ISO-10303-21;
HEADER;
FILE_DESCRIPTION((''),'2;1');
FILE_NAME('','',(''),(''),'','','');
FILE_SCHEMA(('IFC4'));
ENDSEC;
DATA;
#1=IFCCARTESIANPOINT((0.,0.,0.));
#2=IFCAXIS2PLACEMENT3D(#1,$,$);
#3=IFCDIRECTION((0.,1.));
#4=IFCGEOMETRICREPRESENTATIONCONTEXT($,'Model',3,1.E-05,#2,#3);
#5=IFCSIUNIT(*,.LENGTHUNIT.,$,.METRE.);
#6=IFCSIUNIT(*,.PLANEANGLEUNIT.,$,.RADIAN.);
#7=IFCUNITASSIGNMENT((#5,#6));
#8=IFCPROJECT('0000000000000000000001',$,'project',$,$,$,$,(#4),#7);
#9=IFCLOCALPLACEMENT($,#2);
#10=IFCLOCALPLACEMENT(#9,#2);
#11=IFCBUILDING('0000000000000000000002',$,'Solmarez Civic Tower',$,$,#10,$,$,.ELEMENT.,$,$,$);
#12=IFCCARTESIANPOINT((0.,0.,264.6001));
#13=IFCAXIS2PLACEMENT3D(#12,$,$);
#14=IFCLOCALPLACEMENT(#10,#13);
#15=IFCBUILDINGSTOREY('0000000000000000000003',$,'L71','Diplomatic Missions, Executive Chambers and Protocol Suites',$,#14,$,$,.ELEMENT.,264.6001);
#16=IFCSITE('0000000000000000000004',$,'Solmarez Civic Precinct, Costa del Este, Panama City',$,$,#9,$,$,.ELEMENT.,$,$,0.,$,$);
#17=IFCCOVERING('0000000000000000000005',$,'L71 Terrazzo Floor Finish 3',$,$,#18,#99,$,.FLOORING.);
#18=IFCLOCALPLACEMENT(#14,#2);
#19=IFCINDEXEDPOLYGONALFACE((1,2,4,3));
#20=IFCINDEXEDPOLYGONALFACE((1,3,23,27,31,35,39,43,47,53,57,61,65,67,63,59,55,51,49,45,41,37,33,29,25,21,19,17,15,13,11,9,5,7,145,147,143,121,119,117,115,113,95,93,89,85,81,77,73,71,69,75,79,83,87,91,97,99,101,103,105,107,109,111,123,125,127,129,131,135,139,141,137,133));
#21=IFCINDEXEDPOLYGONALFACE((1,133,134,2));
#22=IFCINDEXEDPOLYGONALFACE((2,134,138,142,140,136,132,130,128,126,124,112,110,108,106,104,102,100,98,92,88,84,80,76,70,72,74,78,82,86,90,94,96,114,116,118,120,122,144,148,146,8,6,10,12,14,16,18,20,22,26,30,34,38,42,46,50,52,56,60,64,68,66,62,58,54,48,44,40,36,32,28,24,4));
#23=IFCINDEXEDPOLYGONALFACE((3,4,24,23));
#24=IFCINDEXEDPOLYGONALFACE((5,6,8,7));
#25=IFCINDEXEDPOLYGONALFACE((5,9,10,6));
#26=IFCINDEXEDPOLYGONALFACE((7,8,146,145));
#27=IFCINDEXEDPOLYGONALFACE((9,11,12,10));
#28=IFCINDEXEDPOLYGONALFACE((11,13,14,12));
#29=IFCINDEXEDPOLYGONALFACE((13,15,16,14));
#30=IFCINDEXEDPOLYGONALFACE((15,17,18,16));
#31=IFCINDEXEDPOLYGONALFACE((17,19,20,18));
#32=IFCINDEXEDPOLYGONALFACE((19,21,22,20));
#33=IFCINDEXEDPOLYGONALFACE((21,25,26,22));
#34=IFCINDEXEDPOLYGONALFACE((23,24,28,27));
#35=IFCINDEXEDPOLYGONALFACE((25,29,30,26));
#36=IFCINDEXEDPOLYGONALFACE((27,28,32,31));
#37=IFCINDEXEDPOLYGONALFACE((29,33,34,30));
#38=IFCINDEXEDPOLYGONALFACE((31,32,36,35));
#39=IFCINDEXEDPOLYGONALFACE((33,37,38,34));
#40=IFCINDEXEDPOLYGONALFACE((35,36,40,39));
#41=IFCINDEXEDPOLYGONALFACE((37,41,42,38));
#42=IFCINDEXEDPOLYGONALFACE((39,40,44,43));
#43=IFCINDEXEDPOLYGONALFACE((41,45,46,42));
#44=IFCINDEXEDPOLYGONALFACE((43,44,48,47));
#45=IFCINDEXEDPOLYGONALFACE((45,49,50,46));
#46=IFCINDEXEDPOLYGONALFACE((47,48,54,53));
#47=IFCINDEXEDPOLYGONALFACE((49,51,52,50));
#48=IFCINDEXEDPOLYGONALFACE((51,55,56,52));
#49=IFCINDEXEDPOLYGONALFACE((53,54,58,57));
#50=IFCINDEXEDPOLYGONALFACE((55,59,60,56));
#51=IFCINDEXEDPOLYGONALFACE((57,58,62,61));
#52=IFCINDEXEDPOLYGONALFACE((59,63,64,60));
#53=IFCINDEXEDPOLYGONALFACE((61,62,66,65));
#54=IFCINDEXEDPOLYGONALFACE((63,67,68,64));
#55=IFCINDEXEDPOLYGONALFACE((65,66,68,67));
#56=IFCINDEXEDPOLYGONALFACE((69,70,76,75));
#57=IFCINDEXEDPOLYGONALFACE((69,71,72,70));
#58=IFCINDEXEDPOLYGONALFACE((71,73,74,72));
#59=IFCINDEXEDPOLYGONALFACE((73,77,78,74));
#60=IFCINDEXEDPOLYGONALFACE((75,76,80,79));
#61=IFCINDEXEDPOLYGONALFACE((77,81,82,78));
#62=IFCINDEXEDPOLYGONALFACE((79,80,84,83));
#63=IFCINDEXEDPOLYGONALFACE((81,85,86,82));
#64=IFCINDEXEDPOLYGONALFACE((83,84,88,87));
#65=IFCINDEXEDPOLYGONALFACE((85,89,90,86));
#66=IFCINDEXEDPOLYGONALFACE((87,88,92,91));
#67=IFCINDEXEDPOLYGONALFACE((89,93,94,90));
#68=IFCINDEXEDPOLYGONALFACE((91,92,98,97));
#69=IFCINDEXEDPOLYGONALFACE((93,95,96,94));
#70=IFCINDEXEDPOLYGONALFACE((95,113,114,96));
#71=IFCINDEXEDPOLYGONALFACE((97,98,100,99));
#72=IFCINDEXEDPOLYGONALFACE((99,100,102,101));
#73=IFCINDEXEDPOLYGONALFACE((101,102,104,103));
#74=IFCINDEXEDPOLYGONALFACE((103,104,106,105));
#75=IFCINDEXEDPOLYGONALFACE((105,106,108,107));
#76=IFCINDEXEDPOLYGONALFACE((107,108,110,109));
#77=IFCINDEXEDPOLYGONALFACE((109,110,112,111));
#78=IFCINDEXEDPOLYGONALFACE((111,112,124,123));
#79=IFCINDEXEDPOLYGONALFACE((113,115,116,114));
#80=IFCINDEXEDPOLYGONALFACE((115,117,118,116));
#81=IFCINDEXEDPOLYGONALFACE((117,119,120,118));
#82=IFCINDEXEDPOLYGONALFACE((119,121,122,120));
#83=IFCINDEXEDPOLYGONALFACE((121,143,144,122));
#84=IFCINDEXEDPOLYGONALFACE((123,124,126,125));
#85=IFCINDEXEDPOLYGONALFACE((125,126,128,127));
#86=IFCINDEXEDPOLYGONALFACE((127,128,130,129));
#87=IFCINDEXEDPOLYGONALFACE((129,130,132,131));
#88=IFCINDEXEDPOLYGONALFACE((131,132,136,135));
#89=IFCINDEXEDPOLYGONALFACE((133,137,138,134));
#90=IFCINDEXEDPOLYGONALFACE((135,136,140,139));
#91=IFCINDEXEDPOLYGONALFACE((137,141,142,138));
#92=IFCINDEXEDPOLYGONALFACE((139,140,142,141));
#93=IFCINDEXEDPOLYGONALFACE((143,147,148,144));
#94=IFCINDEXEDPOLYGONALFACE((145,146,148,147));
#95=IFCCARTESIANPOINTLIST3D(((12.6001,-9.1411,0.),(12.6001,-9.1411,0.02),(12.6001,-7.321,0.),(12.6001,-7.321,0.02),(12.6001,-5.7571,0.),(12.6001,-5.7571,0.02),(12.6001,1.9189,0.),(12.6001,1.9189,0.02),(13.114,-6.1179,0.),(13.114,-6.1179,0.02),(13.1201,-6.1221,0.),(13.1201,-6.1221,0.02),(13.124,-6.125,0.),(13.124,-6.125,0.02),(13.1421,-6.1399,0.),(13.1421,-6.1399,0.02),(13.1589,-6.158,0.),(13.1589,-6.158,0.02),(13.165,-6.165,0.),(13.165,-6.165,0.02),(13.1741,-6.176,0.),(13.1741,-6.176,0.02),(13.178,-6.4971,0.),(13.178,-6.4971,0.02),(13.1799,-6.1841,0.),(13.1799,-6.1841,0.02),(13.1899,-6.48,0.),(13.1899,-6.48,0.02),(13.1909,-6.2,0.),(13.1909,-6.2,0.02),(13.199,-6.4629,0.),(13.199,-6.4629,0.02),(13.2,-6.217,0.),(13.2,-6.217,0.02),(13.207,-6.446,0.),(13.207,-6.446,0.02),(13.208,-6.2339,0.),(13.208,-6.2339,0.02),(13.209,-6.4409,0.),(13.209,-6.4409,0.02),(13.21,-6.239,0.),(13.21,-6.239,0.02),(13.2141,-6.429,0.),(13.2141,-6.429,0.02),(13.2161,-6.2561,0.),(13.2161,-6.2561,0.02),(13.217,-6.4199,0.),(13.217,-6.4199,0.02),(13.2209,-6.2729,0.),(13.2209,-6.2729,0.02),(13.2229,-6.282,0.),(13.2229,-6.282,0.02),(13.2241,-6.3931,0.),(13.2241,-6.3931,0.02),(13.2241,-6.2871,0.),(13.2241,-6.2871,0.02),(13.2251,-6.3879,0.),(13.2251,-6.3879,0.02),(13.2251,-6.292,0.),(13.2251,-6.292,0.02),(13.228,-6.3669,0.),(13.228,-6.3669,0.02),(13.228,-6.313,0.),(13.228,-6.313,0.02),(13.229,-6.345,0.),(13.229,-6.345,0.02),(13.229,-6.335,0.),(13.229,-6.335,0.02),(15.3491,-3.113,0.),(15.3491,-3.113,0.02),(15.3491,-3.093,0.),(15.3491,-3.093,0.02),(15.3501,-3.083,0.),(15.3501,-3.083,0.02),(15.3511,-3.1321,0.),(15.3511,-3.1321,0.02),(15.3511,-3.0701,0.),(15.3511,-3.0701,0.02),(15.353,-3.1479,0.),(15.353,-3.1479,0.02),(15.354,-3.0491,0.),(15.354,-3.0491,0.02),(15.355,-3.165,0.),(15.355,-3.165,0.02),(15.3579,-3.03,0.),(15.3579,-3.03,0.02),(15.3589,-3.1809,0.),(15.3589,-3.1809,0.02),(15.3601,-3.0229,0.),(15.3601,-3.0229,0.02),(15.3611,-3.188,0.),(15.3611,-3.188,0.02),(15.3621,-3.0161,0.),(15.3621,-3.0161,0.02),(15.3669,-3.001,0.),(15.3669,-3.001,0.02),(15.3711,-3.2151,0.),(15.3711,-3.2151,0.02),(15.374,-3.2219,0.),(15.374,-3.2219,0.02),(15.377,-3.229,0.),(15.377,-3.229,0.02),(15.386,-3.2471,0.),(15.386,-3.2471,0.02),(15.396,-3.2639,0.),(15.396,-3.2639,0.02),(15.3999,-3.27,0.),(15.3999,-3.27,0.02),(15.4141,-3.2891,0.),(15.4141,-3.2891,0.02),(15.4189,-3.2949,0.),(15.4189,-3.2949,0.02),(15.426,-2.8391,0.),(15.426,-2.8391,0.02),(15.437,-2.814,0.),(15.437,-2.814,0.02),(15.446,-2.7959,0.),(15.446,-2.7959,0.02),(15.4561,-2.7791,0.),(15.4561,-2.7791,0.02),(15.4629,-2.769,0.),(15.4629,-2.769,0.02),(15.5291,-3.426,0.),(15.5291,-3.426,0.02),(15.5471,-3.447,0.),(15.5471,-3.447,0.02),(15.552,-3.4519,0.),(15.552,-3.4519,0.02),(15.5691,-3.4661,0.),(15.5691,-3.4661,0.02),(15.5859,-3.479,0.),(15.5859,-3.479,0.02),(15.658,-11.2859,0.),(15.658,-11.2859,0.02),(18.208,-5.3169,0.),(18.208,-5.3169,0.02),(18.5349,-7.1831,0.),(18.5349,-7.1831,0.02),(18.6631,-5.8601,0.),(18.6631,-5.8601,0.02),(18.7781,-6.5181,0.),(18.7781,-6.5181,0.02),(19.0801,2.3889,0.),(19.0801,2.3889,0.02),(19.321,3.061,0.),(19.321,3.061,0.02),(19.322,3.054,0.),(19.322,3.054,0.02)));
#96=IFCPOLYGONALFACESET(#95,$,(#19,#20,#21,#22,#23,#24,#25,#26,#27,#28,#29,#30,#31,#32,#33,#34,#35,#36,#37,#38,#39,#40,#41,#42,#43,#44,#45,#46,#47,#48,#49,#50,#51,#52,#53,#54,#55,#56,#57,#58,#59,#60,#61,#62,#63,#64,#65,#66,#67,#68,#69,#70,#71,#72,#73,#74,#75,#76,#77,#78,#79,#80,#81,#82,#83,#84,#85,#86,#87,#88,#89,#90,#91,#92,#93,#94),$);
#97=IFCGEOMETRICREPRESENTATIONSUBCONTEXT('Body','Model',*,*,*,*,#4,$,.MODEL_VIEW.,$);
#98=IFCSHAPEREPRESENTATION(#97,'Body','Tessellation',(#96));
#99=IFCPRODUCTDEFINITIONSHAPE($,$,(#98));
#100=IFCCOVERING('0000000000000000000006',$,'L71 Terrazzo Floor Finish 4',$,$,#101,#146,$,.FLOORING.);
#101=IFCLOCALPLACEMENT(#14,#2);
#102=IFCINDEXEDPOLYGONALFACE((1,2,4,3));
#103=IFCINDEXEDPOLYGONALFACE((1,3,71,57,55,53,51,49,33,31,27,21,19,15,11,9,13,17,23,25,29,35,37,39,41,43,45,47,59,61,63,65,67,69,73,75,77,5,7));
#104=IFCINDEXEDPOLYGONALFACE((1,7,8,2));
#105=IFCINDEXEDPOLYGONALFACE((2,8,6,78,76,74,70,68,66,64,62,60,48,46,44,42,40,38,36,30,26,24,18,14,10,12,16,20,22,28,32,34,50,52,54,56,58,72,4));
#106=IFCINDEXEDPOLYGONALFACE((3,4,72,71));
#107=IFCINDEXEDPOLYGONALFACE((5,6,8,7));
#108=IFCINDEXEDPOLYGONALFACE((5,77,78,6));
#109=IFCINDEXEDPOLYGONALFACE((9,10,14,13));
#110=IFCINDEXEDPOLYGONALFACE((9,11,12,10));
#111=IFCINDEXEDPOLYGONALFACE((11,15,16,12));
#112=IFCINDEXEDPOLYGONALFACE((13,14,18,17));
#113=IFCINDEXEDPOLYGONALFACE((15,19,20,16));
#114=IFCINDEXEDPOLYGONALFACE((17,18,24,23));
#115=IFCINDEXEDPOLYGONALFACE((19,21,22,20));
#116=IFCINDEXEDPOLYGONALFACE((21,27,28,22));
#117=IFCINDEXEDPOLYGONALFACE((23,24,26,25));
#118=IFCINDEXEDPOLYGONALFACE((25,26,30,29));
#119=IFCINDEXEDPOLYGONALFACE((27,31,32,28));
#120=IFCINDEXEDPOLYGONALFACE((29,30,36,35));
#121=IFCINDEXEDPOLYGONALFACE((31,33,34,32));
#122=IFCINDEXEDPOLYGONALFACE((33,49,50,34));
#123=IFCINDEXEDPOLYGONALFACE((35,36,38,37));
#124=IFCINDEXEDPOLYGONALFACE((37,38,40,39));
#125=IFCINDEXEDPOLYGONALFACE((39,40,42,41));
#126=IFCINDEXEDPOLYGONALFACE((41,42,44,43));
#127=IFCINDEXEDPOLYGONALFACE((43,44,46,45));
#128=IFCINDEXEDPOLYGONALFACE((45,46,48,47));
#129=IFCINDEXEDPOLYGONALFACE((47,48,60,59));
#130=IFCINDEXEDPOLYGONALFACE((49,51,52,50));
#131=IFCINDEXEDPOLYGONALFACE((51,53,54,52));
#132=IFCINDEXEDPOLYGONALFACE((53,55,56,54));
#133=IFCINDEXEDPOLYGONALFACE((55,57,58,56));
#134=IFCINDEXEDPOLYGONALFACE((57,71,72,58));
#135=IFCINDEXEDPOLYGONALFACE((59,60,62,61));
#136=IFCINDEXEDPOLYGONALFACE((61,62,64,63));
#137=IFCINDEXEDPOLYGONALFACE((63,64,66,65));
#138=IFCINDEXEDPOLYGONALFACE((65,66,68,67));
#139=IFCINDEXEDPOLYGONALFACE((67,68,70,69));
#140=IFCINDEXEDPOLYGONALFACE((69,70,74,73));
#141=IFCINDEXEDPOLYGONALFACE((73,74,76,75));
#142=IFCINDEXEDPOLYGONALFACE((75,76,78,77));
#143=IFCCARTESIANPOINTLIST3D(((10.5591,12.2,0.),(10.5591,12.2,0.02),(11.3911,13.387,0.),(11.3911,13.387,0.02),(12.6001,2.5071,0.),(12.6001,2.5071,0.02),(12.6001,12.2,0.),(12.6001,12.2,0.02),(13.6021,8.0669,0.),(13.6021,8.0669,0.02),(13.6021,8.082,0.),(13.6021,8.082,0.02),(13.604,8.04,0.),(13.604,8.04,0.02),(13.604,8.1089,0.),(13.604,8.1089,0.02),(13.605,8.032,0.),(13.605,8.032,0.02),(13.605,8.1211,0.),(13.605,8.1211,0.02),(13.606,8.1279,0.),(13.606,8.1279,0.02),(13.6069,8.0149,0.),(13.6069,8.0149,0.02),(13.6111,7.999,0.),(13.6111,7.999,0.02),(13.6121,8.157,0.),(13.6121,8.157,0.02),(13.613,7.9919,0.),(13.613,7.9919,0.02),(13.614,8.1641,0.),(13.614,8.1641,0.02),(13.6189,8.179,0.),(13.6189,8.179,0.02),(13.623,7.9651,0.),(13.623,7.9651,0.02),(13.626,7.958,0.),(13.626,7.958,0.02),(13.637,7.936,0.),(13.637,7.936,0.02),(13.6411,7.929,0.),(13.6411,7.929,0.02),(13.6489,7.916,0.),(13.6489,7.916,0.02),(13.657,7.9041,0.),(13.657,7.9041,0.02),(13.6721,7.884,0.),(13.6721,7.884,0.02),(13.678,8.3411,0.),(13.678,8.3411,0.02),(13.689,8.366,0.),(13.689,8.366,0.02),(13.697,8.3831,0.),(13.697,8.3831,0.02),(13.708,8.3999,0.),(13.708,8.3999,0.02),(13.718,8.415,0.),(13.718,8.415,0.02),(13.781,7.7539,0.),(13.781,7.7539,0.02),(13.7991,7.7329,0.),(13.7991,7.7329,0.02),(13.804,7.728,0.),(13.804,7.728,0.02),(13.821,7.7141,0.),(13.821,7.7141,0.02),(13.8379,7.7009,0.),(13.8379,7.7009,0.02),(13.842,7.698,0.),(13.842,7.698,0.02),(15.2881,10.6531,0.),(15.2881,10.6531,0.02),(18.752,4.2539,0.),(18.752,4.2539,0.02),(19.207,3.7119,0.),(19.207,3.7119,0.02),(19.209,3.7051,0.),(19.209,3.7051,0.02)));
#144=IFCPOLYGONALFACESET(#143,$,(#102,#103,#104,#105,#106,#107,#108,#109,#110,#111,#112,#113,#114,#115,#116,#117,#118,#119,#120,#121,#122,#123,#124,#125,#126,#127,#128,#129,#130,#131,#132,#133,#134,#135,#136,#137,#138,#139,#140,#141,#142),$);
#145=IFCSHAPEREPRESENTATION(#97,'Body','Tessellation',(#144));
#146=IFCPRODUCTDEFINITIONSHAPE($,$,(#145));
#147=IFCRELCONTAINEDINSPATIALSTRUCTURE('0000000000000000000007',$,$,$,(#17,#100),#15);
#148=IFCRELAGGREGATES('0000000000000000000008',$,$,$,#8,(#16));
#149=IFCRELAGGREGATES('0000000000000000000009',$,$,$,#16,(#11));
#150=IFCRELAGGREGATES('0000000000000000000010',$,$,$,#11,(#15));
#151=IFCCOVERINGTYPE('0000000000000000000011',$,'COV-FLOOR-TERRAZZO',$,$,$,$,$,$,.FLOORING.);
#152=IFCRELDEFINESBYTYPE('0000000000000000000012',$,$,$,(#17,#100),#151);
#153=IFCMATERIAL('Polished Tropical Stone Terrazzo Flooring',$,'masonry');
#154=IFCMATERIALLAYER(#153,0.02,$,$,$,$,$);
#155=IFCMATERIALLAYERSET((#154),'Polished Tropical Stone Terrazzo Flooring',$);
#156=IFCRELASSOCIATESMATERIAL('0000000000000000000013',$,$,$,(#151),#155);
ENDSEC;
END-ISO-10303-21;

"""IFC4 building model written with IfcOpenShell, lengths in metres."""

from ifc_helpers import new_model, si_unit, direction, frame, origin, place, context, subcontext, project, spatial, polyline, outline, extrude, material, layer, layer_set, type_object, element, save


model = new_model("IFC4")

# Units and contexts
model_context = context("Model", 3, precision=1e-05, world=origin(), true_north=direction((0.0, 1.0)))
body_context = subcontext(model_context, "Body", "Model", "MODEL_VIEW")
ifc_project = project(units=[si_unit("LENGTHUNIT", "METRE"), si_unit("PLANEANGLEUNIT", "RADIAN")], contexts=[model_context])

# Site, building, storey
site_placement = place(None, origin())
site = spatial("IfcSite", under=ifc_project, at=site_placement, Name="Solmarez Civic Precinct, Costa del Este, Panama City", CompositionType="ELEMENT", RefElevation=0.0)
building_placement = place(site_placement, origin())
building = spatial("IfcBuilding", under=site, at=building_placement, Name="Solmarez Civic Tower", CompositionType="ELEMENT")
storey_placement = place(building_placement, frame((0.0, 0.0, 264.6001)))
storey = spatial("IfcBuildingStorey", under=building, at=storey_placement, Name="L71", Description="Diplomatic Missions, Executive Chambers and Protocol Suites", CompositionType="ELEMENT", Elevation=264.6001)

# Coverings
ifc_material_1 = material(Name="Polished Tropical Stone Terrazzo Flooring", Category="masonry")
ifc_layer_1 = layer(ifc_material_1, 0.02)
ifc_layer_set_1 = layer_set([ifc_layer_1], Name="Polished Tropical Stone Terrazzo Flooring")
covering_type_1 = type_object("IfcCoveringType", Name="COV-FLOOR-TERRAZZO", PredefinedType="FLOORING", material=ifc_layer_set_1)
covering_1_placement = place(storey_placement, origin())
element("IfcCovering", 1, at=covering_1_placement, inside=storey, type_object=covering_type_1, Name="L71 Terrazzo Floor Finish 3", PredefinedType="FLOORING", context=body_context, shape_type="SweptSolid", body=[
    extrude(outline(polyline([(12.6001, 1.9189), (12.6001, -5.7571), (13.114, -6.1179), (13.1201, -6.1221), (13.124, -6.125), (13.1421, -6.1399), (13.1589, -6.158), (13.165, -6.165), (13.1741, -6.176), (13.1799, -6.1841), (13.1909, -6.2), (13.2, -6.217), (13.208, -6.2339), (13.21, -6.239), (13.2161, -6.2561), (13.2209, -6.2729), (13.2229, -6.282), (13.2241, -6.2871), (13.2251, -6.292), (13.228, -6.313), (13.229, -6.335), (13.229, -6.345), (13.228, -6.3669), (13.2251, -6.3879), (13.2241, -6.3931), (13.217, -6.4199), (13.2141, -6.429), (13.209, -6.4409), (13.207, -6.446), (13.199, -6.4629), (13.1899, -6.48), (13.178, -6.4971), (12.6001, -7.321), (12.6001, -9.1411), (15.658, -11.2859), (18.5349, -7.1831), (18.7781, -6.5181), (18.6631, -5.8601), (18.208, -5.3169), (15.5859, -3.479), (15.5691, -3.4661), (15.552, -3.4519), (15.5471, -3.447), (15.5291, -3.426), (15.4189, -3.2949), (15.4141, -3.2891), (15.3999, -3.27), (15.396, -3.2639), (15.386, -3.2471), (15.377, -3.229), (15.374, -3.2219), (15.3711, -3.2151), (15.3611, -3.188), (15.3589, -3.1809), (15.355, -3.165), (15.353, -3.1479), (15.3511, -3.1321), (15.3491, -3.113), (15.3491, -3.093), (15.3501, -3.083), (15.3511, -3.0701), (15.354, -3.0491), (15.3579, -3.03), (15.3601, -3.0229), (15.3621, -3.0161), (15.3669, -3.001), (15.426, -2.8391), (15.437, -2.814), (15.446, -2.7959), (15.4561, -2.7791), (15.4629, -2.769), (19.0801, 2.3889), (19.322, 3.054), (19.321, 3.061), (12.6001, 1.9189)])), origin(), (0.0, 0.0, 1.0), 0.02),
])
covering_2_placement = place(storey_placement, origin())
element("IfcCovering", 2, at=covering_2_placement, inside=storey, type_object=covering_type_1, Name="L71 Terrazzo Floor Finish 4", PredefinedType="FLOORING", context=body_context, shape_type="SweptSolid", body=[
    extrude(outline(polyline([(10.5591, 12.2), (12.6001, 12.2), (12.6001, 2.5071), (19.209, 3.7051), (19.207, 3.7119), (18.752, 4.2539), (13.842, 7.698), (13.8379, 7.7009), (13.821, 7.7141), (13.804, 7.728), (13.7991, 7.7329), (13.781, 7.7539), (13.6721, 7.884), (13.657, 7.9041), (13.6489, 7.916), (13.6411, 7.929), (13.637, 7.936), (13.626, 7.958), (13.623, 7.9651), (13.613, 7.9919), (13.6111, 7.999), (13.6069, 8.0149), (13.605, 8.032), (13.604, 8.04), (13.6021, 8.0669), (13.6021, 8.082), (13.604, 8.1089), (13.605, 8.1211), (13.606, 8.1279), (13.6121, 8.157), (13.614, 8.1641), (13.6189, 8.179), (13.678, 8.3411), (13.689, 8.366), (13.697, 8.3831), (13.708, 8.3999), (13.718, 8.415), (15.2881, 10.6531), (11.3911, 13.387), (10.5591, 12.2)])), origin(), (0.0, 0.0, 1.0), 0.02),
])

save(model, "model.ifc")
